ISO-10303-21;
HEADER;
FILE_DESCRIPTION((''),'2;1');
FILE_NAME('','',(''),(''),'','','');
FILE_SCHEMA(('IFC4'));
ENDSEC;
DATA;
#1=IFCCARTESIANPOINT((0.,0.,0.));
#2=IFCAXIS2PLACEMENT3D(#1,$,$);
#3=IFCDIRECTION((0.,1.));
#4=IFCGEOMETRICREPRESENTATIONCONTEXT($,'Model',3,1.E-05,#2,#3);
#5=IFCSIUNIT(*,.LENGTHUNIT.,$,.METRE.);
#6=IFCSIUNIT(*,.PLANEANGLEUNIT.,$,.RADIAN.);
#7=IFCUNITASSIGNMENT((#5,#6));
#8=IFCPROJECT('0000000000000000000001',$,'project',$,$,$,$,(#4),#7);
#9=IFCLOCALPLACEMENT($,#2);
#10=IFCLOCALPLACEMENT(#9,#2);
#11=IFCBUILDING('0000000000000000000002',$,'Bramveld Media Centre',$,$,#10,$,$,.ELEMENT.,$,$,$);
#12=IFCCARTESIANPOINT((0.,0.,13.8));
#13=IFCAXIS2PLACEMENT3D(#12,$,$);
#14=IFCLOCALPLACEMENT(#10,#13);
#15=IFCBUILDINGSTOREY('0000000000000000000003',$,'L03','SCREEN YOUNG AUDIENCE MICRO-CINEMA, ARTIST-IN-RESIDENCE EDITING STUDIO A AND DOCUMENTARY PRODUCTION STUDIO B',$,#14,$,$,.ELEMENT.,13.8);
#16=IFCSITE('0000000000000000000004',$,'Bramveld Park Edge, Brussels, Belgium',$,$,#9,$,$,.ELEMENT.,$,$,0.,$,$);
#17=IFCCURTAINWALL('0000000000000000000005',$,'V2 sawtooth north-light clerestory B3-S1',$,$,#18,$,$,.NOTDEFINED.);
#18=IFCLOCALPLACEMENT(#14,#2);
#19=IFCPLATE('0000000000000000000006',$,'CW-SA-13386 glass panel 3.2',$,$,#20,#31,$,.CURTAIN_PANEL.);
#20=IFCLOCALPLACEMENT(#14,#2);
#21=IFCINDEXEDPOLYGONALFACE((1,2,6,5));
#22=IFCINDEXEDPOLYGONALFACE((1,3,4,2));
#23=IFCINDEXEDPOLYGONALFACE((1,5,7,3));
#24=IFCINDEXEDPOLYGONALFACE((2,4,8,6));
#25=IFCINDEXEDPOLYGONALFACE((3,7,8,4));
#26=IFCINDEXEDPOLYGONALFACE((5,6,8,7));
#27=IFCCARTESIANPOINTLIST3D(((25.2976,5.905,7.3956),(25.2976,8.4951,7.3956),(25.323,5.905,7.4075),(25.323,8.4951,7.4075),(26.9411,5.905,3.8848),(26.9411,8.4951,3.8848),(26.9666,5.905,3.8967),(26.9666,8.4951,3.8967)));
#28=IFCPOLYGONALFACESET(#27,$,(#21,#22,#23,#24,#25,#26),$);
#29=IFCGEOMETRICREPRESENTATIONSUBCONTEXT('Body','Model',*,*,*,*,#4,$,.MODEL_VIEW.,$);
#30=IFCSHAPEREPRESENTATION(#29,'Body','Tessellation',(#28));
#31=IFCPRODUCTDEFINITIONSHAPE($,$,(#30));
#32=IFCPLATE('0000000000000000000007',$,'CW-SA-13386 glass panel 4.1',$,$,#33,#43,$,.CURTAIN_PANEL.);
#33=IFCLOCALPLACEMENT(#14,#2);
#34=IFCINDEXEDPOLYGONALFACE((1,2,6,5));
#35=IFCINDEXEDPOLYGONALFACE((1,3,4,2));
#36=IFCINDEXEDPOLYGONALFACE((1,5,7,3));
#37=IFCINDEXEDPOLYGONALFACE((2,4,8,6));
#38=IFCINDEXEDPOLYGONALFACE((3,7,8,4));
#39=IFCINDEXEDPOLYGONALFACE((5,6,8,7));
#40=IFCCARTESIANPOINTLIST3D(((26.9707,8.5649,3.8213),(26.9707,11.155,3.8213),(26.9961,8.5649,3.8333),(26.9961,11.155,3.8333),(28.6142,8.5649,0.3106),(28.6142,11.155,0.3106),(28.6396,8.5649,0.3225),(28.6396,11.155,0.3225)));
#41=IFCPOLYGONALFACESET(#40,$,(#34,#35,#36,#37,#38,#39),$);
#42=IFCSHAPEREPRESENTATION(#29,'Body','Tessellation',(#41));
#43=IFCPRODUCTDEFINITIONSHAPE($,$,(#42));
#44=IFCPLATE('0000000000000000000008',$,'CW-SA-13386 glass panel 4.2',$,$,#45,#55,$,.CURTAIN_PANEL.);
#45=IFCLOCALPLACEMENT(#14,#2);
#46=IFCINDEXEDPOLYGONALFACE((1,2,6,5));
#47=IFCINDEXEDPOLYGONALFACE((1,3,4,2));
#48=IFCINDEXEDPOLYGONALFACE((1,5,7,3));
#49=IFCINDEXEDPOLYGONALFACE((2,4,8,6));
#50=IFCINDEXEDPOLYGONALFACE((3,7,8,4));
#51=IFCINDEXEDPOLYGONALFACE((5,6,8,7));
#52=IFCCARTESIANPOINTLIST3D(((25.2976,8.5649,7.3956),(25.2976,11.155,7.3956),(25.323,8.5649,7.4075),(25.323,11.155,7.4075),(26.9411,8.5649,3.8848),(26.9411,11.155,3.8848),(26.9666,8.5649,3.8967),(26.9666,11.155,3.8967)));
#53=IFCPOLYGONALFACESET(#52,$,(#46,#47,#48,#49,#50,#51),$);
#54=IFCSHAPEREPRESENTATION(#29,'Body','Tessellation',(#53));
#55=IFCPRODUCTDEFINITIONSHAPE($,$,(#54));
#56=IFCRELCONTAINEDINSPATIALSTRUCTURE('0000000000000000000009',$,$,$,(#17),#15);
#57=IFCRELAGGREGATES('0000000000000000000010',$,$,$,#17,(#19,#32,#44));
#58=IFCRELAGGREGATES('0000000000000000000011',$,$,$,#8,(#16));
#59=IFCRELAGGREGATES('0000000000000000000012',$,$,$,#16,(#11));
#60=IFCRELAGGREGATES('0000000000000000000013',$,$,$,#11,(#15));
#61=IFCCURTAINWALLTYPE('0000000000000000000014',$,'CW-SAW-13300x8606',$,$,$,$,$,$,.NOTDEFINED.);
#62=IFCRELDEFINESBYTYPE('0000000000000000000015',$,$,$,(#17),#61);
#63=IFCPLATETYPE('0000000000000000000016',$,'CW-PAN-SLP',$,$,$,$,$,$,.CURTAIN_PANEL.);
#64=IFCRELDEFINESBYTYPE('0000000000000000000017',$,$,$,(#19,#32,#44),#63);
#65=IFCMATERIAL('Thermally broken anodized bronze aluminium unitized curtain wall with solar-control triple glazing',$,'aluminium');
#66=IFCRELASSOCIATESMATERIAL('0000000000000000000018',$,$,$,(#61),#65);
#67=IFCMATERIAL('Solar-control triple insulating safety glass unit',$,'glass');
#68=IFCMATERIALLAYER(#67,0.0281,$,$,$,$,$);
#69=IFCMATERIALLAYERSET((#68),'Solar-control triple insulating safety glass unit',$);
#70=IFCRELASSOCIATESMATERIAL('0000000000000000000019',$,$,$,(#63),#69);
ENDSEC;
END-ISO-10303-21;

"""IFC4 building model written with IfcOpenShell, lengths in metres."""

from ifc_helpers import new_model, si_unit, direction, frame, origin, place, context, subcontext, project, spatial, polyline, outline, extrude, material, layer, layer_set, type_object, element, aggregate, save


model = new_model("IFC4")

# Units and contexts
model_context = context("Model", 3, precision=1e-05, world=origin(), true_north=direction((0.0, 1.0)))
body_context = subcontext(model_context, "Body", "Model", "MODEL_VIEW")
ifc_project = project(units=[si_unit("LENGTHUNIT", "METRE"), si_unit("PLANEANGLEUNIT", "RADIAN")], contexts=[model_context])

# Site, building, storey
site_placement = place(None, origin())
site = spatial("IfcSite", under=ifc_project, at=site_placement, Name="Bramveld Park Edge, Brussels, Belgium", CompositionType="ELEMENT", RefElevation=0.0)
building_placement = place(site_placement, origin())
building = spatial("IfcBuilding", under=site, at=building_placement, Name="Bramveld Media Centre", CompositionType="ELEMENT")
storey_placement = place(building_placement, frame((0.0, 0.0, 13.8)))
storey = spatial("IfcBuildingStorey", under=building, at=storey_placement, Name="L03", Description="SCREEN YOUNG AUDIENCE MICRO-CINEMA, ARTIST-IN-RESIDENCE EDITING STUDIO A AND DOCUMENTARY PRODUCTION STUDIO B", CompositionType="ELEMENT", Elevation=13.8)

# Curtain wall
ifc_material_1 = material(Name="Thermally broken anodized bronze aluminium unitized curtain wall with solar-control triple glazing", Category="aluminium")
curtain_wall_type = type_object("IfcCurtainWallType", Name="CW-SAW-13300x8606", PredefinedType="NOTDEFINED", material=ifc_material_1)
curtain_wall_placement = place(storey_placement, origin())
curtain_wall = element("IfcCurtainWall", 1, at=curtain_wall_placement, inside=storey, type_object=curtain_wall_type, Name="V2 sawtooth north-light clerestory B3-S1", PredefinedType="NOTDEFINED")

# Plates
ifc_material_2 = material(Name="Solar-control triple insulating safety glass unit", Category="glass")
ifc_layer = layer(ifc_material_2, 0.0281)
ifc_layer_set = layer_set([ifc_layer], Name="Solar-control triple insulating safety glass unit")
plate_type = type_object("IfcPlateType", Name="CW-PAN-SLP", PredefinedType="CURTAIN_PANEL", material=ifc_layer_set)
plate_1_placement = place(storey_placement, frame((26.9666, 5.905, 3.8967), z_axis=(0.905668, 0.0, 0.423988), x_axis=(0.0, 1.0, 0.0)))
plate_1 = element("IfcPlate", 2, at=plate_1_placement, type_object=plate_type, Name="CW-SA-13386 glass panel 3.2", PredefinedType="CURTAIN_PANEL", context=body_context, shape_type="SweptSolid", body=[
    extrude(outline(polyline([(0.0, 0.0), (2.5901, 0.0), (2.5901, 3.8764), (0.0, 3.8764), (0.0, 0.0)])), origin(), (0.0, 0.0, -1.0), 0.0281),
])
plate_2_placement = place(storey_placement, frame((28.6396, 8.5649, 0.3225), z_axis=(0.905668, 0.0, 0.423988), x_axis=(0.0, 1.0, 0.0)))
plate_2 = element("IfcPlate", 3, at=plate_2_placement, type_object=plate_type, Name="CW-SA-13386 glass panel 4.1", PredefinedType="CURTAIN_PANEL", context=body_context, shape_type="SweptSolid", body=[
    extrude(outline(polyline([(0.0, 0.0), (2.5901, 0.0), (2.5901, 3.8764), (0.0, 3.8764), (0.0, 0.0)])), origin(), (0.0, 0.0, -1.0), 0.0281),
])
plate_3_placement = place(storey_placement, frame((26.9666, 8.5649, 3.8967), z_axis=(0.905668, 0.0, 0.423988), x_axis=(0.0, 1.0, 0.0)))
plate_3 = element("IfcPlate", 4, at=plate_3_placement, type_object=plate_type, Name="CW-SA-13386 glass panel 4.2", PredefinedType="CURTAIN_PANEL", context=body_context, shape_type="SweptSolid", body=[
    extrude(outline(polyline([(0.0, 0.0), (2.5901, 0.0), (2.5901, 3.8764), (0.0, 3.8764), (0.0, 0.0)])), origin(), (0.0, 0.0, -1.0), 0.0281),
])
aggregate(curtain_wall, [plate_1, plate_2, plate_3])

save(model, "model.ifc")
